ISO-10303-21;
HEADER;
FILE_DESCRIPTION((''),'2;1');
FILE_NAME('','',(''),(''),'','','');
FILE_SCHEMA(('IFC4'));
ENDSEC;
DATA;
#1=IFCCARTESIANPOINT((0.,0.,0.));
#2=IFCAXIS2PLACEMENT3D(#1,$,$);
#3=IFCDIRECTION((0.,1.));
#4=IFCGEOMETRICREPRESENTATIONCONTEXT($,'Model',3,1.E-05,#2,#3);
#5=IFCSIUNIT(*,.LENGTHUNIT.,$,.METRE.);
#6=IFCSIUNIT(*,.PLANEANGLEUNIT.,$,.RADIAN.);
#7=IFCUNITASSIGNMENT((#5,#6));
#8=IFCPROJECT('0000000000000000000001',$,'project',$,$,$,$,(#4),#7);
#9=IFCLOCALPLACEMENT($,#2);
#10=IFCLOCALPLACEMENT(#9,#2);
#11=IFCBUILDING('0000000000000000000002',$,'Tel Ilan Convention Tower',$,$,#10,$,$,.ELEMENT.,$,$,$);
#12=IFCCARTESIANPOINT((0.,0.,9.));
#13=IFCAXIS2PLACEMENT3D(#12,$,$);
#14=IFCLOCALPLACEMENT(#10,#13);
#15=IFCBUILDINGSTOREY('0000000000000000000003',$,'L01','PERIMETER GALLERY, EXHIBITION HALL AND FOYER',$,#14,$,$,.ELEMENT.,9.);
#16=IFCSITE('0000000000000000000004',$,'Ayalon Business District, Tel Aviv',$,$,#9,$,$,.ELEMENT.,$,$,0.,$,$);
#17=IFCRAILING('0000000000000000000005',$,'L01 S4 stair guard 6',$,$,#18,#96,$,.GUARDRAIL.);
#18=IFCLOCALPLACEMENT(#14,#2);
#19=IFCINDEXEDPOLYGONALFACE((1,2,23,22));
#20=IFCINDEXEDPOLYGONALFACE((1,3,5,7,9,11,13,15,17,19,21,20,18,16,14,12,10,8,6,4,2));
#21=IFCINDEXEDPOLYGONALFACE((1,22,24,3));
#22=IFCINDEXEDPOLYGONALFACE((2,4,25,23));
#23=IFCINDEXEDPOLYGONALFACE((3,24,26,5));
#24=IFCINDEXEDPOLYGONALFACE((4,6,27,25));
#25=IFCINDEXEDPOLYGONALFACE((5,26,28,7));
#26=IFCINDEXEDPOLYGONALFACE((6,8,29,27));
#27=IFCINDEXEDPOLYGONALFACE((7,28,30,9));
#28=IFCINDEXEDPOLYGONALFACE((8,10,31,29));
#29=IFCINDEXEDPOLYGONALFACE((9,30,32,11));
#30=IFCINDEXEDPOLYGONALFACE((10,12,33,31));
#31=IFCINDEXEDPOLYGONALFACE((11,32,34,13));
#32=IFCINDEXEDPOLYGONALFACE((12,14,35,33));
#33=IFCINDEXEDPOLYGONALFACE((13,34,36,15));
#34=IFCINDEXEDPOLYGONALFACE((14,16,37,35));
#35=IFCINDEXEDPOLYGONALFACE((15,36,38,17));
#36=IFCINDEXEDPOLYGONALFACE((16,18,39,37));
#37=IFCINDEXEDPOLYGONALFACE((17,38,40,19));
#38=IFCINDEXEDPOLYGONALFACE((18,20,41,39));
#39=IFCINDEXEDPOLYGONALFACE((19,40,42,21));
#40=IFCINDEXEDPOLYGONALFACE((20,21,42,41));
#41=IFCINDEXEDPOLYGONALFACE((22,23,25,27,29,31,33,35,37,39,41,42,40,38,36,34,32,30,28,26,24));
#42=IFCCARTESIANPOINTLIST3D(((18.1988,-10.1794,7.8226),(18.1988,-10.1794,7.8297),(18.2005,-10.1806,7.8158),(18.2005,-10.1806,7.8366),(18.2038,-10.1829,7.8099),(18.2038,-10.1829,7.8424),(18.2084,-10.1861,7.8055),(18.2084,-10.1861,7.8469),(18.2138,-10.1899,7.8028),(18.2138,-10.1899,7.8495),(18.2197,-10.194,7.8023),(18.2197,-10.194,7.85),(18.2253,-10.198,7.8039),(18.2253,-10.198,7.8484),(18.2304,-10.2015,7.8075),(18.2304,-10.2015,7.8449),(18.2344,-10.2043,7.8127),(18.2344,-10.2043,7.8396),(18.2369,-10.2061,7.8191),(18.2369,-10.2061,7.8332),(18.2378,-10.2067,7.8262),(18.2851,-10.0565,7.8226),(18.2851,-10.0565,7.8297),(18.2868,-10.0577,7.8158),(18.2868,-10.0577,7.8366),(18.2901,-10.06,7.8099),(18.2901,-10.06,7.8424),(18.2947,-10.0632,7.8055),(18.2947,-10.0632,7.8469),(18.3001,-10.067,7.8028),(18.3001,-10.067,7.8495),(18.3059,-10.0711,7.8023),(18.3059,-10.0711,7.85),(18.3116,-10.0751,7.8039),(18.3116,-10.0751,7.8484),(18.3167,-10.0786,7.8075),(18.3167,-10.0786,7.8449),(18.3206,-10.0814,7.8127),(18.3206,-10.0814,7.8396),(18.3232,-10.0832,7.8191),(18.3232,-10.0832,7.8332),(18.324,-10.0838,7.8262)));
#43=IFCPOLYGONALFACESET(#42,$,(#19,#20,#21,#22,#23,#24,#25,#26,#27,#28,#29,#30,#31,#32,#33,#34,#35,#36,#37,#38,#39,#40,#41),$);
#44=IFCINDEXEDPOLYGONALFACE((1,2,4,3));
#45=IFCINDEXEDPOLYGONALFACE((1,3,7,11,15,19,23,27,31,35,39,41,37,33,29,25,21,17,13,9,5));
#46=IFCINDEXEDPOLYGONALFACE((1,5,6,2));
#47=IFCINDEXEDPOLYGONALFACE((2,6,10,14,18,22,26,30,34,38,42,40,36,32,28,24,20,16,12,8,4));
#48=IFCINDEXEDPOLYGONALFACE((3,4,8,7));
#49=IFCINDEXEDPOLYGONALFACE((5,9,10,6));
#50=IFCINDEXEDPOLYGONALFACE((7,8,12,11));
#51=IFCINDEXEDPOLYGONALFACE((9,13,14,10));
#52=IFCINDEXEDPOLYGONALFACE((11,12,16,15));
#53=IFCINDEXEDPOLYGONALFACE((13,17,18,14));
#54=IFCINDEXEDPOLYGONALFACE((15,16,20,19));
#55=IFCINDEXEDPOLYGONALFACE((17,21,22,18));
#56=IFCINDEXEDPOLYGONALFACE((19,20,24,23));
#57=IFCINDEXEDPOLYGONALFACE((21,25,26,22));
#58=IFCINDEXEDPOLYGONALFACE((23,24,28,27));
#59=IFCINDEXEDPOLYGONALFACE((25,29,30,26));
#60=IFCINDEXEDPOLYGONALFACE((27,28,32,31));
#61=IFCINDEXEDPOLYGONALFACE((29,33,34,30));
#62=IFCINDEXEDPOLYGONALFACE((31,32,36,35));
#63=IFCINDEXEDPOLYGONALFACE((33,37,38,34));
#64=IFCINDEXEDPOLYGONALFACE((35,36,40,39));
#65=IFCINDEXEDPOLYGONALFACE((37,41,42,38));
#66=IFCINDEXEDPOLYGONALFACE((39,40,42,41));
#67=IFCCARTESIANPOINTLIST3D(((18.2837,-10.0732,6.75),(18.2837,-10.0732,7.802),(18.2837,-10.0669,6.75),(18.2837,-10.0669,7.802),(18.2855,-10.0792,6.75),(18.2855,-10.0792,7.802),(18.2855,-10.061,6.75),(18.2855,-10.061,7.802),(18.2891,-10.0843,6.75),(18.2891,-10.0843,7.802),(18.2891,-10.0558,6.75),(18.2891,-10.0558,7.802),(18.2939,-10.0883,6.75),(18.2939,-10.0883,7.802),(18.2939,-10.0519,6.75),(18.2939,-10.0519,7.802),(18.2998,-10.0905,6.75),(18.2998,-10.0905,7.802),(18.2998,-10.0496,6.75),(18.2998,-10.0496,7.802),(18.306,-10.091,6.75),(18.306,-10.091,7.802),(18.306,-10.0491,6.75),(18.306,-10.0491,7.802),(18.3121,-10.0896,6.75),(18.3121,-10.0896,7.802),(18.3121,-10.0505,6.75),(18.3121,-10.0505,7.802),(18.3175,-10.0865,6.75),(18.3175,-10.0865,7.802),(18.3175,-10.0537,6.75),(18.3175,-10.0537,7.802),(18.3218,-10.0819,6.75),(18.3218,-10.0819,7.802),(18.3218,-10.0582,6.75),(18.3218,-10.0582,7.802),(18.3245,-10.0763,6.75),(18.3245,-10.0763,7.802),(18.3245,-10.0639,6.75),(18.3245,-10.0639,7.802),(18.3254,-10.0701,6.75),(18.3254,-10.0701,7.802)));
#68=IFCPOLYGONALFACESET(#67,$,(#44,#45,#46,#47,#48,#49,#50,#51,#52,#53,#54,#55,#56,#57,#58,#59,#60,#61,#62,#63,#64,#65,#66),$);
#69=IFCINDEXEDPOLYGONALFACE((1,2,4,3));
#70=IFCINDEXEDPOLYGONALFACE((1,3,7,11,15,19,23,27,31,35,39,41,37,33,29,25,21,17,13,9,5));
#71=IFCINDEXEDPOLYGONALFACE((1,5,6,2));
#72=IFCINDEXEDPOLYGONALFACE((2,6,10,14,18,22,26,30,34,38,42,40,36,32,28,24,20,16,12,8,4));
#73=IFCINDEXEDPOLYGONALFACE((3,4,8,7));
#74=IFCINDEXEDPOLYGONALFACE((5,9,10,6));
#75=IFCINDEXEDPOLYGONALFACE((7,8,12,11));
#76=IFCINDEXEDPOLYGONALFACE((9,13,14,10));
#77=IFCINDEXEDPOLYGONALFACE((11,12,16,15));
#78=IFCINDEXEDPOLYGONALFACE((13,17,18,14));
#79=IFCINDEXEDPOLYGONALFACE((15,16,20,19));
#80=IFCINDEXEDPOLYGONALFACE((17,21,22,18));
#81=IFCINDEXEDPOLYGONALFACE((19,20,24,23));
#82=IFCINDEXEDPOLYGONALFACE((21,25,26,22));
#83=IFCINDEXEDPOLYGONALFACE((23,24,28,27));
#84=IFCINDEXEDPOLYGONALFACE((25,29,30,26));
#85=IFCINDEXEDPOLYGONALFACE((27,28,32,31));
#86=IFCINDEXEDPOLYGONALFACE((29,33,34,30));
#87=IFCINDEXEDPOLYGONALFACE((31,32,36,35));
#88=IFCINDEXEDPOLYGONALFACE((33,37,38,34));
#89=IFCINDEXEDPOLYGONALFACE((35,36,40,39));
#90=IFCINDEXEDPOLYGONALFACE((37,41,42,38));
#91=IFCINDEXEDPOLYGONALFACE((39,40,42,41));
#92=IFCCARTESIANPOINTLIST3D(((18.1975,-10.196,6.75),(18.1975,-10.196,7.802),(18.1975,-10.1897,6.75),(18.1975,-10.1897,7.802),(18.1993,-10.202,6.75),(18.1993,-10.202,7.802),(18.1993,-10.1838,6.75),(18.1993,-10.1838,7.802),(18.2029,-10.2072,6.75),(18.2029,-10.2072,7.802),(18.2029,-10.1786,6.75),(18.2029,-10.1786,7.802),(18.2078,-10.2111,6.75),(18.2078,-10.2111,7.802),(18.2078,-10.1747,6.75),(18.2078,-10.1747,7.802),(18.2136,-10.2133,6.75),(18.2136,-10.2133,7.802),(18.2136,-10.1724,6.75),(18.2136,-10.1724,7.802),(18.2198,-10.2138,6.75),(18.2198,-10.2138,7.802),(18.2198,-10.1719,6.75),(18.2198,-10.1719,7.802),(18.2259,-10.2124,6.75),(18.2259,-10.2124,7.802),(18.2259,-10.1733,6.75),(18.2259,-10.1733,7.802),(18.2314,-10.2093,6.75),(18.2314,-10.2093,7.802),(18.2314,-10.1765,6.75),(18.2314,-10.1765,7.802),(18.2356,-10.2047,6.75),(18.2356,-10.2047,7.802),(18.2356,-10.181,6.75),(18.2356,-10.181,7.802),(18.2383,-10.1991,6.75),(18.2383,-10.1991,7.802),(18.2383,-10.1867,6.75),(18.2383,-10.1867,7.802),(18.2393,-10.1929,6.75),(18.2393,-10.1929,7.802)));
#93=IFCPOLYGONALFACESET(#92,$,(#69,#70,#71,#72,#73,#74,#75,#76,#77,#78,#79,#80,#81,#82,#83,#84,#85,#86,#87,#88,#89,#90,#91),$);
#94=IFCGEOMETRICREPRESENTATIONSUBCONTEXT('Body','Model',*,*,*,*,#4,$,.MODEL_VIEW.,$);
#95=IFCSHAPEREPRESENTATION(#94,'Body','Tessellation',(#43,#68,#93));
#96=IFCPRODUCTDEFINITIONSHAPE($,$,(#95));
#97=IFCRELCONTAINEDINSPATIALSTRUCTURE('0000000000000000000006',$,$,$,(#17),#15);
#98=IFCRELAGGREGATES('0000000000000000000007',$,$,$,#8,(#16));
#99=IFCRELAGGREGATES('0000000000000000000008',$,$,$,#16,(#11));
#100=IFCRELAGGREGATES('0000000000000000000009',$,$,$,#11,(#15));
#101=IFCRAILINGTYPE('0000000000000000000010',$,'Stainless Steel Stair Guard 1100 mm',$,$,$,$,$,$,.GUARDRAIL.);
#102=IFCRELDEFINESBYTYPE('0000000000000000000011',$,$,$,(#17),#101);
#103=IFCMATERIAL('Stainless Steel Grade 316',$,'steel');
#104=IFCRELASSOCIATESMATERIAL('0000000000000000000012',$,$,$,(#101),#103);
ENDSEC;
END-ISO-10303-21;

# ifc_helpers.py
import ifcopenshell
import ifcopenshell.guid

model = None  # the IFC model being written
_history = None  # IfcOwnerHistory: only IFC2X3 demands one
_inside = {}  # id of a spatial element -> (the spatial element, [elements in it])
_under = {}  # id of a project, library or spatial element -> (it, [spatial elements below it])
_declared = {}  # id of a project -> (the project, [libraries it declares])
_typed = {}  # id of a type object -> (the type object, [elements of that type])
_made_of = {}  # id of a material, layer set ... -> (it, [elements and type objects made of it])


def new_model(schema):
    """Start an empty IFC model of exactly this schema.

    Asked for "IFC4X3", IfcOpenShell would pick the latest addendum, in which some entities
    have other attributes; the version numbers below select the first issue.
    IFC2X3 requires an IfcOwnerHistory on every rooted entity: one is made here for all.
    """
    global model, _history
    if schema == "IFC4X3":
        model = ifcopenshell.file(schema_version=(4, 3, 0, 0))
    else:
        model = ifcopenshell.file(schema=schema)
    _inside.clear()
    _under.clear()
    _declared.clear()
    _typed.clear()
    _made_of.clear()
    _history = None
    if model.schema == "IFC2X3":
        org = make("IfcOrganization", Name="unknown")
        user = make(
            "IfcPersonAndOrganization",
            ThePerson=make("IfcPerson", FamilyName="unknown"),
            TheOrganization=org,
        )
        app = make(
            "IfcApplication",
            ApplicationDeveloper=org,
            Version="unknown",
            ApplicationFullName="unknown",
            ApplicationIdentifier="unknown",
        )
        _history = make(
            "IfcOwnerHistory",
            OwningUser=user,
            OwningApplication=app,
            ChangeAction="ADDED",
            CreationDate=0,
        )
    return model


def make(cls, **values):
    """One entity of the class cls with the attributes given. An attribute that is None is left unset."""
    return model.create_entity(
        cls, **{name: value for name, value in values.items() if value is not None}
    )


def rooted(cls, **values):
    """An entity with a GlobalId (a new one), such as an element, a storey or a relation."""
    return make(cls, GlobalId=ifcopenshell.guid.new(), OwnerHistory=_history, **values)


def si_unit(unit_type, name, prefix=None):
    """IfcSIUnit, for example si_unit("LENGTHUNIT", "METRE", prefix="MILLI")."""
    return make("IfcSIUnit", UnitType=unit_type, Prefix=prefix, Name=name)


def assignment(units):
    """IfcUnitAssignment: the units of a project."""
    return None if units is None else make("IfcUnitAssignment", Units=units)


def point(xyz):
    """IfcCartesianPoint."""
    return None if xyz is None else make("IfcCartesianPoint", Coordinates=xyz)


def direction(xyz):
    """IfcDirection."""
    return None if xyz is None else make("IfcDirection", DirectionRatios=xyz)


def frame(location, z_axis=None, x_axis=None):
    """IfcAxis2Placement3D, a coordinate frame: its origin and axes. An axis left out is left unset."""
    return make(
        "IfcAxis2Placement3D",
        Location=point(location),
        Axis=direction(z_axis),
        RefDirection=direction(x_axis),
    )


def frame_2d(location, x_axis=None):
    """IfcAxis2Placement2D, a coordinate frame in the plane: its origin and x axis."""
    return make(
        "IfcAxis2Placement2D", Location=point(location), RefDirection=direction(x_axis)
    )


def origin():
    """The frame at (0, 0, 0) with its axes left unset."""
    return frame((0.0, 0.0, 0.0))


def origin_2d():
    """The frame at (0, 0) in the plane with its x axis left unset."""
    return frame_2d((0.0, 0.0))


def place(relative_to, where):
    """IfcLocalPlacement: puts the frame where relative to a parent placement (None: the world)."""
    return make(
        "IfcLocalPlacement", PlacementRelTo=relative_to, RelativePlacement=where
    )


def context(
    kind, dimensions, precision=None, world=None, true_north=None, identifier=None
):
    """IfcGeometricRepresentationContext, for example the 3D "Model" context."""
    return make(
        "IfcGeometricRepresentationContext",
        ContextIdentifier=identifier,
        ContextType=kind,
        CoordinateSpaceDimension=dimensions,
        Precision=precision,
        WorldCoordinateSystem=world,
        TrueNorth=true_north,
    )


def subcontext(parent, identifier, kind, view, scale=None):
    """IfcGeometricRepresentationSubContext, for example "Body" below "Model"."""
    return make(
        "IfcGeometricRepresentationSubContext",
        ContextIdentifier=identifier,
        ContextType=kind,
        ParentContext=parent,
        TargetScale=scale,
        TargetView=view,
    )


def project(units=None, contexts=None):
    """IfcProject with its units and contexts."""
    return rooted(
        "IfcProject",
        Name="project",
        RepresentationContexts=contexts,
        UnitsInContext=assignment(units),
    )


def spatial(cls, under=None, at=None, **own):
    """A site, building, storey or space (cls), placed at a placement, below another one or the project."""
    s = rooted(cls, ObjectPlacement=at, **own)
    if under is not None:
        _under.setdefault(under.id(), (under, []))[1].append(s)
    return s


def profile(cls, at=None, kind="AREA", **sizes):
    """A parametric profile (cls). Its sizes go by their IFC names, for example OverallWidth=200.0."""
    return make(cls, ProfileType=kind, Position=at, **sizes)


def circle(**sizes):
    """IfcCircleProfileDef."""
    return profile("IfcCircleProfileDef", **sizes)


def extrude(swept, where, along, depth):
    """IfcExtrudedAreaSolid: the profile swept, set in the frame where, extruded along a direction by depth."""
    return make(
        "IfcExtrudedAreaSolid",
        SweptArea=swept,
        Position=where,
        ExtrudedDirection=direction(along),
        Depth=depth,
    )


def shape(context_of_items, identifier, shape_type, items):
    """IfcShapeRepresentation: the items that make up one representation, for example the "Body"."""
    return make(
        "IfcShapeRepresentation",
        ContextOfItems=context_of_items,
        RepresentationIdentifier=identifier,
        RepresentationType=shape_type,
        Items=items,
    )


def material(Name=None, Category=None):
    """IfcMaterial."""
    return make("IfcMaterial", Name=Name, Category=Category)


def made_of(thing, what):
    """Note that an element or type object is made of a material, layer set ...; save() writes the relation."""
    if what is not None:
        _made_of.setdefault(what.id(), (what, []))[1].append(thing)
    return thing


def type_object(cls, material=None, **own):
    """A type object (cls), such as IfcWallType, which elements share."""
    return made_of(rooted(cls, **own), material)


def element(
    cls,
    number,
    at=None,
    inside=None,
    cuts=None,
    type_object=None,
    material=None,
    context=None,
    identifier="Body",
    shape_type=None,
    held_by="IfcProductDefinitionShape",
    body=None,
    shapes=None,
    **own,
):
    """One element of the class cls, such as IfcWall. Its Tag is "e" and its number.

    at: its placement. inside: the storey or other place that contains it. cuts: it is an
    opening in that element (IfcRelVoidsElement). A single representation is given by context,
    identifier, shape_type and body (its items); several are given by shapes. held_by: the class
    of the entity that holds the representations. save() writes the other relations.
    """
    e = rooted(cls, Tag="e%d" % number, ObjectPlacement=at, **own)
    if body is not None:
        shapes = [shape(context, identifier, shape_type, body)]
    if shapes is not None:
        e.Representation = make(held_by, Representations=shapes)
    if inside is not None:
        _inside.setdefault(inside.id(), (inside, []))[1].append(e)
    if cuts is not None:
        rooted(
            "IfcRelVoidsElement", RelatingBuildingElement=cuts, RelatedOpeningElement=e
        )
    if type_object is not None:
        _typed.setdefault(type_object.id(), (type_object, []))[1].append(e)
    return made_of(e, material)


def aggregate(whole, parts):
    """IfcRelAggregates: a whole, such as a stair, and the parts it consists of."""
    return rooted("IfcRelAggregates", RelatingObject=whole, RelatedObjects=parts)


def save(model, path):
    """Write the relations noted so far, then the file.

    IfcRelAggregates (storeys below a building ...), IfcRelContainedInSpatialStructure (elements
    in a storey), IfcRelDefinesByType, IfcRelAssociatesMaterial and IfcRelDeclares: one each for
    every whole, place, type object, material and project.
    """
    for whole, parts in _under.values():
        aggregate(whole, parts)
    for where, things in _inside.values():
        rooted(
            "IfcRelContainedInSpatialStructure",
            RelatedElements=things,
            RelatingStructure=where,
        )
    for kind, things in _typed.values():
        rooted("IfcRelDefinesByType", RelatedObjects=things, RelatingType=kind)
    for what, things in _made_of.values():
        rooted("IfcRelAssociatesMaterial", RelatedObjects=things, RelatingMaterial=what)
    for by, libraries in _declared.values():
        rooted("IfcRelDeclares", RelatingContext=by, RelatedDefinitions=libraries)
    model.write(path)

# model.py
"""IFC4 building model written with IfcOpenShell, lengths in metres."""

from ifc_helpers import new_model, si_unit, direction, frame, origin, origin_2d, place, context, subcontext, project, spatial, circle, extrude, material, type_object, element, save


model = new_model("IFC4")

# Units and contexts
model_context = context("Model", 3, precision=1e-05, world=origin(), true_north=direction((0.0, 1.0)))
body_context = subcontext(model_context, "Body", "Model", "MODEL_VIEW")
ifc_project = project(units=[si_unit("LENGTHUNIT", "METRE"), si_unit("PLANEANGLEUNIT", "RADIAN")], contexts=[model_context])

# Site, building, storey
site_placement = place(None, origin())
site = spatial("IfcSite", under=ifc_project, at=site_placement, Name="Ayalon Business District, Tel Aviv", CompositionType="ELEMENT", RefElevation=0.0)
building_placement = place(site_placement, origin())
building = spatial("IfcBuilding", under=site, at=building_placement, Name="Tel Ilan Convention Tower", CompositionType="ELEMENT")
storey_placement = place(building_placement, frame((0.0, 0.0, 9.0)))
storey = spatial("IfcBuildingStorey", under=building, at=storey_placement, Name="L01", Description="PERIMETER GALLERY, EXHIBITION HALL AND FOYER", CompositionType="ELEMENT", Elevation=9.0)

# Railing
ifc_material_1 = material(Name="Stainless Steel Grade 316", Category="steel")
railing_type_1 = type_object("IfcRailingType", Name="Stainless Steel Stair Guard 1100 mm", PredefinedType="GUARDRAIL", material=ifc_material_1)
railing_1_placement = place(storey_placement, frame((18.3044, -10.0701, 6.75)))
element("IfcRailing", 1, at=railing_1_placement, inside=storey, type_object=railing_type_1, Name="L01 S4 stair guard 6", PredefinedType="GUARDRAIL", context=body_context, shape_type="SweptSolid", body=[
    extrude(circle(Radius=0.0239, at=origin_2d()), frame((0.0, 0.0, 1.0762), z_axis=(-0.574445, -0.818543, 0.0), x_axis=(0.818543, -0.574445, 0.0)), (0.0, 0.0, 1.0), 0.1501),
    extrude(circle(Radius=0.021, at=origin_2d()), origin(), (0.0, 0.0, 1.0), 1.052),
    extrude(circle(Radius=0.021, at=origin_2d()), frame((-0.0862, -0.1228, 0.0)), (0.0, 0.0, 1.0), 1.052),
])

save(model, "model.ifc")
